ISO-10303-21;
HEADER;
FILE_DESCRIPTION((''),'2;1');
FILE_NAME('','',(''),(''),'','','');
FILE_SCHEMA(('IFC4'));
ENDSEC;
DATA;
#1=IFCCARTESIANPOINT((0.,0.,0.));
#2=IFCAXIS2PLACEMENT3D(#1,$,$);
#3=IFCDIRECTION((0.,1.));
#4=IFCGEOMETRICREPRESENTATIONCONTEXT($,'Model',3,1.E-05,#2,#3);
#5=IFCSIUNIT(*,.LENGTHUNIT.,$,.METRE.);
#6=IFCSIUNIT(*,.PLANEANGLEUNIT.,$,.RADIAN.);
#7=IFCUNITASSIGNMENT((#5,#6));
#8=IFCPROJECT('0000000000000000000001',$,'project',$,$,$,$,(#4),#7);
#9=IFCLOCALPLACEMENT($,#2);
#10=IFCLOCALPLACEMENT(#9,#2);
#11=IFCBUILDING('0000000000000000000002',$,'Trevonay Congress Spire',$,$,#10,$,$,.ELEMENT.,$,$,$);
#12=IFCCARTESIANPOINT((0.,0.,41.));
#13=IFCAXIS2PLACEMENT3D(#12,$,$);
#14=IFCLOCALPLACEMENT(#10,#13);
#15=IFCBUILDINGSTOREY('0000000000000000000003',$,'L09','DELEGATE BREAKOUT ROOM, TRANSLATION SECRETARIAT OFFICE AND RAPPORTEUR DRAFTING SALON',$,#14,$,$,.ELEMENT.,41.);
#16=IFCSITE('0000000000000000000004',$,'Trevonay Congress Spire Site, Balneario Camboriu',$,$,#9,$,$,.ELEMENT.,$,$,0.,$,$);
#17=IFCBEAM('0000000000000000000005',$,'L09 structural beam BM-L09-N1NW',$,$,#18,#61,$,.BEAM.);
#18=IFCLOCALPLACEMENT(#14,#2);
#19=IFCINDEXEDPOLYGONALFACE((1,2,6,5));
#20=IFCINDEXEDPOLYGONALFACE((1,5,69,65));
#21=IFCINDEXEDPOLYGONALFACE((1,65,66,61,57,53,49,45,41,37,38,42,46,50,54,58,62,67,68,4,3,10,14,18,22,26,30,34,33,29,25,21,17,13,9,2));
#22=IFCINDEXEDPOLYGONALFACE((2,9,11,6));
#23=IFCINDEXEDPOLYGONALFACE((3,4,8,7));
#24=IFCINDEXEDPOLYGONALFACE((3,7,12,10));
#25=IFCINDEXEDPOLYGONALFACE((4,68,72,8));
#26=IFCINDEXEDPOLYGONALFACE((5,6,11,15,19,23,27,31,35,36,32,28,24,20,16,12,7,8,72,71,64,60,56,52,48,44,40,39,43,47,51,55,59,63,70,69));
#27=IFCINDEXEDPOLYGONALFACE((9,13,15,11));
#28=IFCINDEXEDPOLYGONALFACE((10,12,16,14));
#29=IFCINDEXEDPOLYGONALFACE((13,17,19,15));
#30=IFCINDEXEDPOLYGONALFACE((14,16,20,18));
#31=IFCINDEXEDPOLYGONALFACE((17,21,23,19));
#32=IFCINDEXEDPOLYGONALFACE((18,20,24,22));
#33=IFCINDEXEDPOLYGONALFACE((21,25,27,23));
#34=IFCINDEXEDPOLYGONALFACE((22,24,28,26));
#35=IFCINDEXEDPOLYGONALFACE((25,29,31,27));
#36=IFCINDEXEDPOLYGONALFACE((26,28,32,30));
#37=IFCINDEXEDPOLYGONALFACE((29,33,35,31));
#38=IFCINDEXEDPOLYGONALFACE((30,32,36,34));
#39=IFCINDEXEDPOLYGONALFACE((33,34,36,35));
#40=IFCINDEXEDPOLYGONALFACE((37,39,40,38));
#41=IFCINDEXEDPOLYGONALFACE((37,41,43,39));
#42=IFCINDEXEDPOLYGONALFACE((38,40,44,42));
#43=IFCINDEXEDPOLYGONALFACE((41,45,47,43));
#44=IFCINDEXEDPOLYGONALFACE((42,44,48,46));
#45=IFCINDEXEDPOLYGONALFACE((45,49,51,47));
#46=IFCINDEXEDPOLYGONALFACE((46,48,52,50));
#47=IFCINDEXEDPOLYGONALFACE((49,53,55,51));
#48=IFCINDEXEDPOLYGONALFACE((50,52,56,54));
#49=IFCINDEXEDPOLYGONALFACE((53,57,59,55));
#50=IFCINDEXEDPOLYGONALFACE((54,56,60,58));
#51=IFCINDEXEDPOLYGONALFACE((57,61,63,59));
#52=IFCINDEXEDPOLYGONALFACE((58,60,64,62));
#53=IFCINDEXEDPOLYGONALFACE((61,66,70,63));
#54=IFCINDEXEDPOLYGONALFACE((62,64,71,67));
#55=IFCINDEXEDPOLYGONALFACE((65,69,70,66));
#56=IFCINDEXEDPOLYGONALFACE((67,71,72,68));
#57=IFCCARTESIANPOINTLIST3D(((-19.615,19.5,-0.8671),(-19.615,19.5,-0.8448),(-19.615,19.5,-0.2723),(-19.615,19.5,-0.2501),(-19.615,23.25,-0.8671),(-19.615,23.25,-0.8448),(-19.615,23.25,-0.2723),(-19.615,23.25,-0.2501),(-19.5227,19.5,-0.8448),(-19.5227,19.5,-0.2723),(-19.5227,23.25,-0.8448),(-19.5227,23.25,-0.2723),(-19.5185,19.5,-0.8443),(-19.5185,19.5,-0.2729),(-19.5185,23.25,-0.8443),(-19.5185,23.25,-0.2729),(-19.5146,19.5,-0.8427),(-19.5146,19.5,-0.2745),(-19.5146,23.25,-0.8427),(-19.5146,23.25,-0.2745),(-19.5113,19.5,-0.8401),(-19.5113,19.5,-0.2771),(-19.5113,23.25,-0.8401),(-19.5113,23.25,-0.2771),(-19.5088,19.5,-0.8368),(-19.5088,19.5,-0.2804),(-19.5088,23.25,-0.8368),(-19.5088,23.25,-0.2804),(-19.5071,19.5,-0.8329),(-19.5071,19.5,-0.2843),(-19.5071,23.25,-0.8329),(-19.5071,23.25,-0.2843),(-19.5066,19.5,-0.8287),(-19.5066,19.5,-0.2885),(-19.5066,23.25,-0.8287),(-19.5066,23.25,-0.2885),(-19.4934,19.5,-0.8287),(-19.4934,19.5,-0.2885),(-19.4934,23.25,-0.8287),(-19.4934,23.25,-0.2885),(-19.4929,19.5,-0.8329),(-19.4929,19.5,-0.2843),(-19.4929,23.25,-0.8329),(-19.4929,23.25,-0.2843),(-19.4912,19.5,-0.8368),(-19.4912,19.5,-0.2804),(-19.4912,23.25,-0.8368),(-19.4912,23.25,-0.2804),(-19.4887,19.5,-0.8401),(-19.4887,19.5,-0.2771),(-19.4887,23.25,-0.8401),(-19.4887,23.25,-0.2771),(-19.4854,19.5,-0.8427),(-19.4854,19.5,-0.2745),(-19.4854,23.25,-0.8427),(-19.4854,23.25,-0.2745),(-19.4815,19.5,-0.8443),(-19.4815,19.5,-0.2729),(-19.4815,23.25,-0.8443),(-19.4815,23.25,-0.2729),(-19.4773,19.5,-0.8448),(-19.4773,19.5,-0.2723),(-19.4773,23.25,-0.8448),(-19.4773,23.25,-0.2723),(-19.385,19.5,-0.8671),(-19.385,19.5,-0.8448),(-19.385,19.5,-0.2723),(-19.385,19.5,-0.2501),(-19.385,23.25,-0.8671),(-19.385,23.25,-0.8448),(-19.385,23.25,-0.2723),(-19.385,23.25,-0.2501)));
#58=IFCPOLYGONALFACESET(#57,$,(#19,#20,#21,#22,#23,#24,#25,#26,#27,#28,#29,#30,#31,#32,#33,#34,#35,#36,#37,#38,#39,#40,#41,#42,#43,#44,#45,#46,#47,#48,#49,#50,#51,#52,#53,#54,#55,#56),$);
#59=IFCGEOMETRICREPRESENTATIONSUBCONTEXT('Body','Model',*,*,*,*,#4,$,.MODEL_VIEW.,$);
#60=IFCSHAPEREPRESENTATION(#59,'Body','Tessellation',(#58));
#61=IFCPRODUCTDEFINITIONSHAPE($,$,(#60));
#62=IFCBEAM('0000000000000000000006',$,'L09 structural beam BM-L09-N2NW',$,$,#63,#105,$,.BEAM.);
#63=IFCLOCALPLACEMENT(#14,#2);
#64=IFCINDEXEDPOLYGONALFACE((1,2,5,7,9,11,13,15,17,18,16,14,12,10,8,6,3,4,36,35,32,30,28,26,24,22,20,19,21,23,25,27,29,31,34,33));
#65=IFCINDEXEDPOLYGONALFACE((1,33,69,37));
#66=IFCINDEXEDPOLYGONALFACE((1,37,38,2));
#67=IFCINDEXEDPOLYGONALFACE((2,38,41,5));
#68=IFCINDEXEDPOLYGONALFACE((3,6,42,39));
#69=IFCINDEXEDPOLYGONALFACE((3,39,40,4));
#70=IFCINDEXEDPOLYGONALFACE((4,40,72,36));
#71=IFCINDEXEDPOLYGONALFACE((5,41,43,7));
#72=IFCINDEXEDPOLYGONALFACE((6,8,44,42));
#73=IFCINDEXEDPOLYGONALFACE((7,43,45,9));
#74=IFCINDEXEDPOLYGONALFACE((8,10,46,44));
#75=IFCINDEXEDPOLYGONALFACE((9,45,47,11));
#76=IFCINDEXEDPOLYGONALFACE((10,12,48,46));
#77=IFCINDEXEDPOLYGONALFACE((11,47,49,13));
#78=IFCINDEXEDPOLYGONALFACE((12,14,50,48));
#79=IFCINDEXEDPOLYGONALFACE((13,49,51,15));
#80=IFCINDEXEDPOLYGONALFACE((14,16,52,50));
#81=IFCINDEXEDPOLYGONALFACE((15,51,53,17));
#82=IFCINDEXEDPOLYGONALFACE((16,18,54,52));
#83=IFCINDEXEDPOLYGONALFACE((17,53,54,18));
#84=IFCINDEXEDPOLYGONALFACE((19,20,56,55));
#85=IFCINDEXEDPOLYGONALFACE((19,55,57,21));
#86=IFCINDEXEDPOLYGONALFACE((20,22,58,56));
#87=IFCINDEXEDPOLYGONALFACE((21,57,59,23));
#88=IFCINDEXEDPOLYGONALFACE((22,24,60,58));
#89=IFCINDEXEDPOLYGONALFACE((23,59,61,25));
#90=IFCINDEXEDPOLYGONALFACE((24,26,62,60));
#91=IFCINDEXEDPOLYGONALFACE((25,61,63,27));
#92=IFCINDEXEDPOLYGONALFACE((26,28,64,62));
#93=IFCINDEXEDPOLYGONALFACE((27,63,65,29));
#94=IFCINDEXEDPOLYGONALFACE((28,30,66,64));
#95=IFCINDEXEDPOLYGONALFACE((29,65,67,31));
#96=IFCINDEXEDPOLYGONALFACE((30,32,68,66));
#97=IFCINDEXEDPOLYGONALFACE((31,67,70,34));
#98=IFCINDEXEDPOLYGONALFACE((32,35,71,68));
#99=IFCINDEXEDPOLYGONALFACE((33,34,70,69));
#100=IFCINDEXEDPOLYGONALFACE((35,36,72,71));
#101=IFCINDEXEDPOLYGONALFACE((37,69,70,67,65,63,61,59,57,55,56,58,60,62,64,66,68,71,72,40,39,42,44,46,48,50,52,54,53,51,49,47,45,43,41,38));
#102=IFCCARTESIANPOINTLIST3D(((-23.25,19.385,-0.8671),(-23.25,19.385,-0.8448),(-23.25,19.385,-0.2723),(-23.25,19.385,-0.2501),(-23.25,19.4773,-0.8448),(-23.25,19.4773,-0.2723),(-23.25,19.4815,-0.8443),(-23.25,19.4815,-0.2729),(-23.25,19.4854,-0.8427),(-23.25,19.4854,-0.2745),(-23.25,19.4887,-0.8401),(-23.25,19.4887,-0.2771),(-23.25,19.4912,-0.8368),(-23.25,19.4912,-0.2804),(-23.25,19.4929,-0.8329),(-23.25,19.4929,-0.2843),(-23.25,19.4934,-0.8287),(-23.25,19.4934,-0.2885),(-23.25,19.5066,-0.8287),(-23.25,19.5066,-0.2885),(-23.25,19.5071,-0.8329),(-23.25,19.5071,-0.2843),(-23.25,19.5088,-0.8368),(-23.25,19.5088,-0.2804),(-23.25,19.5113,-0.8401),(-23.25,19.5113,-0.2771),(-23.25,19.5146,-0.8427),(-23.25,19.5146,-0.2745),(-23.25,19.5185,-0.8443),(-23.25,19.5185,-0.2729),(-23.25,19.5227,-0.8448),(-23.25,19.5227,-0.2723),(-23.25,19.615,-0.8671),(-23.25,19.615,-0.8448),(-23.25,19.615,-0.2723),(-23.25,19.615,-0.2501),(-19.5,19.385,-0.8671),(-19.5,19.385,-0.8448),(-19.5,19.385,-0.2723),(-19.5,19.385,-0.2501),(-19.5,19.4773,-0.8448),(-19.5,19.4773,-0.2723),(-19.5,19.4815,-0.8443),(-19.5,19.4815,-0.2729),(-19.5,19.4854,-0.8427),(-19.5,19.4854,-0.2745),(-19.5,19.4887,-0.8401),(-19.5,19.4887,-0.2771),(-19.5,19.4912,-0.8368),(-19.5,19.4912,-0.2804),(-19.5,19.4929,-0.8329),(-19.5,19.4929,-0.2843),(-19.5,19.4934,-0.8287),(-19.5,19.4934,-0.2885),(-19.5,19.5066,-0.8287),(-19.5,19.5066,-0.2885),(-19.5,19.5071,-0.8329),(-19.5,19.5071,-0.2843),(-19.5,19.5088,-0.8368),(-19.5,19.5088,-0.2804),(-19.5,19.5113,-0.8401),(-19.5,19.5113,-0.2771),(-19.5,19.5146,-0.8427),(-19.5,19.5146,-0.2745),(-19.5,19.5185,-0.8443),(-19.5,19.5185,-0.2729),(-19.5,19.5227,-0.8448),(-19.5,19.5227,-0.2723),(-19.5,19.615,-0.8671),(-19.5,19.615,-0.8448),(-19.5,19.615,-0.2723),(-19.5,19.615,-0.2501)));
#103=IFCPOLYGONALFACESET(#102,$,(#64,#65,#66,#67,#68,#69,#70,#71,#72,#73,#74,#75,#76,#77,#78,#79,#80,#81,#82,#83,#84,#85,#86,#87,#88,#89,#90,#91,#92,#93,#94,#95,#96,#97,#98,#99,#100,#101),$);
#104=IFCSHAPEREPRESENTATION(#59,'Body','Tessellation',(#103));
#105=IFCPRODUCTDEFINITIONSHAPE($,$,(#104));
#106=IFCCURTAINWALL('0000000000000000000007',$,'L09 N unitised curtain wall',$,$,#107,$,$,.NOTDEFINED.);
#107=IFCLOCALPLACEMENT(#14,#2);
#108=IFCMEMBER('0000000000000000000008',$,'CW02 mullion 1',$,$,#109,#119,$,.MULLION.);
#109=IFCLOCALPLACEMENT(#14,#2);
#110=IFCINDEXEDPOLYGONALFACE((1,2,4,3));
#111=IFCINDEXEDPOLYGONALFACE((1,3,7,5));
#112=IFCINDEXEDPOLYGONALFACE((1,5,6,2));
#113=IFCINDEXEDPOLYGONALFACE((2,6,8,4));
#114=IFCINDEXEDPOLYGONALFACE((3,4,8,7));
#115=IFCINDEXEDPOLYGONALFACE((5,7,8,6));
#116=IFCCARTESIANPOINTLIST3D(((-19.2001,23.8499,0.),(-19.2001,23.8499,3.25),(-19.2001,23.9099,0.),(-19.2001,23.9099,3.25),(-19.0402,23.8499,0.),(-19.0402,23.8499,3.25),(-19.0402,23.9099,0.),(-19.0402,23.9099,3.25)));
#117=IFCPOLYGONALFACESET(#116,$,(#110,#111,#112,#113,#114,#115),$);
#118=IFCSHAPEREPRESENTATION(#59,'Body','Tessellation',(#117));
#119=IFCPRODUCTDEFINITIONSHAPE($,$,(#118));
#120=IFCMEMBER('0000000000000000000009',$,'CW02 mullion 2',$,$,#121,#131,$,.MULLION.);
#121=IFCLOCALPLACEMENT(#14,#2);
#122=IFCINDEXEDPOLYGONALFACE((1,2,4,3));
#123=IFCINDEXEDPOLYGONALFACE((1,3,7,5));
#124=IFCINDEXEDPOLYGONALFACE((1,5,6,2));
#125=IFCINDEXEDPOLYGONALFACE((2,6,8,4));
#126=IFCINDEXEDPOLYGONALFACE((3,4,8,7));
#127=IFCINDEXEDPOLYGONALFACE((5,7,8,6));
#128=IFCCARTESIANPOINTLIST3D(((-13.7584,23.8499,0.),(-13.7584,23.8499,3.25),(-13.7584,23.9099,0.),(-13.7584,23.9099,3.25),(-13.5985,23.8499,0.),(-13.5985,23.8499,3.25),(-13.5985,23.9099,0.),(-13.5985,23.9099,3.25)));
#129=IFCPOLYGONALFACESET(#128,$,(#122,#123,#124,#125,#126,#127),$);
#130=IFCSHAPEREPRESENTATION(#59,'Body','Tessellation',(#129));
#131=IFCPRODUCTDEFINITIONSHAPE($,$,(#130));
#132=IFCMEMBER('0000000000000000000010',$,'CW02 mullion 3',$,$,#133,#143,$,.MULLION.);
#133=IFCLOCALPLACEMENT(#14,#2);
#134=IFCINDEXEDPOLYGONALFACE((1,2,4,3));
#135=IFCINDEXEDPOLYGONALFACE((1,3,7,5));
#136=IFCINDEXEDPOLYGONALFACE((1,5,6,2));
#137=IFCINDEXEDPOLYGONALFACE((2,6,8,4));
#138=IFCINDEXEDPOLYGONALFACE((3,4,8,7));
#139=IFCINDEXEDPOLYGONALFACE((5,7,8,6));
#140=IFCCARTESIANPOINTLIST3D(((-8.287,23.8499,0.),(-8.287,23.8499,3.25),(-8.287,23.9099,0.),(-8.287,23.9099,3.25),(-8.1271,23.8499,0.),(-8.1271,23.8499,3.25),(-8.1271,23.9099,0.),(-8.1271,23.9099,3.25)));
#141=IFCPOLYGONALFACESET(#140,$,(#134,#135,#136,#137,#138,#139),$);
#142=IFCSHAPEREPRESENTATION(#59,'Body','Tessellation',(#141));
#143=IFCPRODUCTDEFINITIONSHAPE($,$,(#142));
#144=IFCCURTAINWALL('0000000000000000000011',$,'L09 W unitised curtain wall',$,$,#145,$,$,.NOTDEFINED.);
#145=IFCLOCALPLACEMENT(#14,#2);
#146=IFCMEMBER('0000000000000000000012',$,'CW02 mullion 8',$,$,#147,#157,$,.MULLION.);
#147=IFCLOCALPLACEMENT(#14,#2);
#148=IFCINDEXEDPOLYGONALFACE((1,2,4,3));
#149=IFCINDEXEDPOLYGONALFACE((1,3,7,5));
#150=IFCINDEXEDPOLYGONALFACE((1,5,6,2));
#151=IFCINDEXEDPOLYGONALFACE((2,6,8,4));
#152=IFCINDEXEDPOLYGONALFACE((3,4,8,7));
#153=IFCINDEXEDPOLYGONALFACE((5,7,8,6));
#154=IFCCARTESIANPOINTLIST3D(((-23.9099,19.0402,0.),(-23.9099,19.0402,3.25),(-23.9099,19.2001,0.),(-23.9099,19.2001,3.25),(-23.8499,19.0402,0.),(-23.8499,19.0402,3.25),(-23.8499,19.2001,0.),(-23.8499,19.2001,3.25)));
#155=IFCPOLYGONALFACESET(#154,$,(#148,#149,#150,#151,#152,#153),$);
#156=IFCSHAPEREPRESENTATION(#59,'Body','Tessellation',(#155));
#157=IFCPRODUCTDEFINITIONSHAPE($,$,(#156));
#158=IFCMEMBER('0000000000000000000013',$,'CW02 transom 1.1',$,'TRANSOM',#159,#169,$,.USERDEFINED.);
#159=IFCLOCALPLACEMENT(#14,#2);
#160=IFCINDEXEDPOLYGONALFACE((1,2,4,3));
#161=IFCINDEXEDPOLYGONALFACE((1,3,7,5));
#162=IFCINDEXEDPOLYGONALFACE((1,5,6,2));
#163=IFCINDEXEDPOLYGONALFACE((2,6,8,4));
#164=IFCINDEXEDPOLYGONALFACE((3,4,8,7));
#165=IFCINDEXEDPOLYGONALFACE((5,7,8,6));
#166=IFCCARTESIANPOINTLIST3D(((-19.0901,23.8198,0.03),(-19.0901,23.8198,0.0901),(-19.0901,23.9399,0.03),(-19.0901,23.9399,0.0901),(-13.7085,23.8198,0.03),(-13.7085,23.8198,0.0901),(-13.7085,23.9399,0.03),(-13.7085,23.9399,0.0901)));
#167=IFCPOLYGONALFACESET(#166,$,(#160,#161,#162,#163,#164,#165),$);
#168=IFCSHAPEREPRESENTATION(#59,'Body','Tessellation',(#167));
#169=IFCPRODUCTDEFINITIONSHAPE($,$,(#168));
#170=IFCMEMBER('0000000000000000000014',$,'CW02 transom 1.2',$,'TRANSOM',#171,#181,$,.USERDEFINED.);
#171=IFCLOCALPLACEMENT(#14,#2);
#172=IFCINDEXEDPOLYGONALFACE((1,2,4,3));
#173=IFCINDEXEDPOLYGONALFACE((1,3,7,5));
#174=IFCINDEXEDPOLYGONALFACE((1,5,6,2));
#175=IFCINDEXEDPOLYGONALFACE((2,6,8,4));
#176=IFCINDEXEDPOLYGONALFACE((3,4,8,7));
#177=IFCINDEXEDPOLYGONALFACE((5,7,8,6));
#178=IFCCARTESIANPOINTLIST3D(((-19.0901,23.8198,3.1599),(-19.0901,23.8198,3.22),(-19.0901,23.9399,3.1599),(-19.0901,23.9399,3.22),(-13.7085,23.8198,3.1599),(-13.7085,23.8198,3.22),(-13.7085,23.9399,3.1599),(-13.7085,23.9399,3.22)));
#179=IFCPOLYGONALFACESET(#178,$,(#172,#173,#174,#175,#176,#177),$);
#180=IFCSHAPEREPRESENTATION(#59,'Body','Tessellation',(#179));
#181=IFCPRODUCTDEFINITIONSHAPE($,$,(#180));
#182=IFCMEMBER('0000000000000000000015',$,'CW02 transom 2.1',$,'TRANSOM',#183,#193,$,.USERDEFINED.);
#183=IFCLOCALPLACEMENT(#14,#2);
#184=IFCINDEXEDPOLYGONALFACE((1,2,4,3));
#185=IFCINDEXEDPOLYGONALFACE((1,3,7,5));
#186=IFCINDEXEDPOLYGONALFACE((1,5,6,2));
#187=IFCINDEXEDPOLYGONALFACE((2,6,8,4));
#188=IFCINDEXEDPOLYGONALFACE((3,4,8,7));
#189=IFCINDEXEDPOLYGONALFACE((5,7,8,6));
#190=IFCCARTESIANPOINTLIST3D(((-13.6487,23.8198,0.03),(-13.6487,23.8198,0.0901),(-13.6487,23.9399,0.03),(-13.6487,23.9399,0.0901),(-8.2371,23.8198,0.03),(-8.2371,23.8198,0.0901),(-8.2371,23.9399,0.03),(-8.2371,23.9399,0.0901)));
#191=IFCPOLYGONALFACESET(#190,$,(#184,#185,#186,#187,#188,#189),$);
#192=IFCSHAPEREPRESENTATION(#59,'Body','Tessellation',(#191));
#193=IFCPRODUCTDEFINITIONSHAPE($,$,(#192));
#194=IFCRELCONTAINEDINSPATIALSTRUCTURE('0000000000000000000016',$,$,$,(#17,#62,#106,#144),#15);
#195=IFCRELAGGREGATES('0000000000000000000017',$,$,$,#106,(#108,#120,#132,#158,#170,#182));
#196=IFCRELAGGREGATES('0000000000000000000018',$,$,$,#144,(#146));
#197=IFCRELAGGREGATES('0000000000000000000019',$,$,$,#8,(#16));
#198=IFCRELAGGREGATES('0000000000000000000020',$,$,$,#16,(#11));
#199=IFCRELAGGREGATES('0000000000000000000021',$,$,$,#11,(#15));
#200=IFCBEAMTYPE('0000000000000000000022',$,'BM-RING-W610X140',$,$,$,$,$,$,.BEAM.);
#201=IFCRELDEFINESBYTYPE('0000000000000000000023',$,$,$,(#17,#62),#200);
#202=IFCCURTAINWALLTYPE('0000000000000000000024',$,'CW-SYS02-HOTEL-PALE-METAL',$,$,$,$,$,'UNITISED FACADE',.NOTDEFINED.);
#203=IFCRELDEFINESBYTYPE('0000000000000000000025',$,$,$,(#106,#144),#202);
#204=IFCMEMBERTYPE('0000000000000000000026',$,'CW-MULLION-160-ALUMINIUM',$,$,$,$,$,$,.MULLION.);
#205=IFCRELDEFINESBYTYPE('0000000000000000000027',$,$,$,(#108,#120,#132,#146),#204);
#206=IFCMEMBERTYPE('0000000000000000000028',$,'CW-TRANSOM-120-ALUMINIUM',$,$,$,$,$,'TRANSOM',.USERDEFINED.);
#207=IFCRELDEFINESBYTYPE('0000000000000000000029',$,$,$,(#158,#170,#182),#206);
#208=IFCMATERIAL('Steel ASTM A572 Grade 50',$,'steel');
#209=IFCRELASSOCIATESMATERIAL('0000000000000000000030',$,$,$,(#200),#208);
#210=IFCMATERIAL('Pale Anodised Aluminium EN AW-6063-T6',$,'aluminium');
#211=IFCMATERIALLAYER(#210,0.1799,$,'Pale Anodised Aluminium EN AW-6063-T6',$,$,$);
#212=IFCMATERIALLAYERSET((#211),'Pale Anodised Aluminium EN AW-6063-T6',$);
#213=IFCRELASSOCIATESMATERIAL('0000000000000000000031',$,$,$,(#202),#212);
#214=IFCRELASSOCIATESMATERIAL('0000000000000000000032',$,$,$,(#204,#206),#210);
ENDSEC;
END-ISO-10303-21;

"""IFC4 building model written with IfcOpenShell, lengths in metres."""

from ifc_helpers import new_model, si_unit, direction, frame, origin, origin_2d, place, context, subcontext, project, spatial, rectangle, i_section, extrude, material, layer, layer_set, material_profile, profile_set, type_object, element, aggregate, save


model = new_model("IFC4")

# Units and contexts
model_context = context("Model", 3, precision=1e-05, world=origin(), true_north=direction((0.0, 1.0)))
body_context = subcontext(model_context, "Body", "Model", "MODEL_VIEW")
ifc_project = project(units=[si_unit("LENGTHUNIT", "METRE"), si_unit("PLANEANGLEUNIT", "RADIAN")], contexts=[model_context])

# Site, building, storey
site_placement = place(None, origin())
site = spatial("IfcSite", under=ifc_project, at=site_placement, Name="Trevonay Congress Spire Site, Balneario Camboriu", CompositionType="ELEMENT", RefElevation=0.0)
building_placement = place(site_placement, origin())
building = spatial("IfcBuilding", under=site, at=building_placement, Name="Trevonay Congress Spire", CompositionType="ELEMENT")
storey_placement = place(building_placement, frame((0.0, 0.0, 41.0)))
storey = spatial("IfcBuildingStorey", under=building, at=storey_placement, Name="L09", Description="DELEGATE BREAKOUT ROOM, TRANSLATION SECRETARIAT OFFICE AND RAPPORTEUR DRAFTING SALON", CompositionType="ELEMENT", Elevation=41.0)

# Shared definitions
ifc_material_1 = material(Name="Steel ASTM A572 Grade 50", Category="steel")

# Beams
ifc_material_profile_1 = material_profile(ifc_material_1, i_section(OverallWidth=0.23, OverallDepth=0.6169, WebThickness=0.0132, FlangeThickness=0.0222, FilletRadius=0.0161, at=origin_2d()), Name="W610x140")
ifc_profile_set_1 = profile_set([ifc_material_profile_1], Name="Steel ASTM A572 Grade 50")
beam_type = type_object("IfcBeamType", Name="BM-RING-W610X140", PredefinedType="BEAM", material=ifc_profile_set_1)
for number, where, z_axis, x_axis, name in (
    (1, (-19.5, 23.25, -0.5586), (0.0, -1.0, 0.0), (1.0, 0.0, 0.0), "L09 structural beam BM-L09-N1NW"),
    (2, (-23.25, 19.5, -0.5586), (1.0, 0.0, 0.0), (0.0, 1.0, 0.0), "L09 structural beam BM-L09-N2NW"),
):
    element("IfcBeam", number, at=place(storey_placement, frame(where, z_axis=z_axis, x_axis=x_axis)), inside=storey, type_object=beam_type, Name=name, PredefinedType="BEAM", context=body_context, shape_type="SweptSolid", body=[
        extrude(i_section(OverallWidth=0.23, OverallDepth=0.6169, WebThickness=0.0132, FlangeThickness=0.0222, FilletRadius=0.0161, at=origin_2d()), origin(), (0.0, 0.0, 1.0), 3.75),
    ])

# Curtain wall, members
ifc_material_2 = material(Name="Pale Anodised Aluminium EN AW-6063-T6", Category="aluminium")
ifc_layer_1 = layer(ifc_material_2, 0.1799, Name="Pale Anodised Aluminium EN AW-6063-T6")
ifc_layer_set_1 = layer_set([ifc_layer_1], Name="Pale Anodised Aluminium EN AW-6063-T6")
curtain_wall_type = type_object("IfcCurtainWallType", Name="CW-SYS02-HOTEL-PALE-METAL", ElementType="UNITISED FACADE", PredefinedType="NOTDEFINED", material=ifc_layer_set_1)
curtain_wall_1_placement = place(storey_placement, origin())
curtain_wall_1 = element("IfcCurtainWall", 3, at=curtain_wall_1_placement, inside=storey, type_object=curtain_wall_type, Name="L09 N unitised curtain wall", PredefinedType="NOTDEFINED")
ifc_material_profile_2 = material_profile(ifc_material_2, rectangle(XDim=0.0601, YDim=0.1599, at=origin_2d()), Name="CW-MULLION-160-ALUMINIUM")
ifc_profile_set_2 = profile_set([ifc_material_profile_2], Name="Pale Anodised Aluminium EN AW-6063-T6")
member_type_1 = type_object("IfcMemberType", Name="CW-MULLION-160-ALUMINIUM", PredefinedType="MULLION", material=ifc_profile_set_2)
member_1_placement = place(storey_placement, frame((-19.1201, 23.8799, 0.0), z_axis=(0.0, 0.0, 1.0), x_axis=(0.0, 1.0, 0.0)))
member_1 = element("IfcMember", 4, at=member_1_placement, type_object=member_type_1, Name="CW02 mullion 1", PredefinedType="MULLION", context=body_context, shape_type="SweptSolid", body=[
    extrude(rectangle(XDim=0.0601, YDim=0.1599, at=origin_2d()), origin(), (0.0, 0.0, 1.0), 3.25),
])
member_2_placement = place(storey_placement, frame((-13.6785, 23.8799, 0.0), z_axis=(0.0, 0.0, 1.0), x_axis=(0.0, 1.0, 0.0)))
member_2 = element("IfcMember", 5, at=member_2_placement, type_object=member_type_1, Name="CW02 mullion 2", PredefinedType="MULLION", context=body_context, shape_type="SweptSolid", body=[
    extrude(rectangle(XDim=0.0601, YDim=0.1599, at=origin_2d()), origin(), (0.0, 0.0, 1.0), 3.25),
])
member_3_placement = place(storey_placement, frame((-8.207, 23.8799, 0.0), z_axis=(0.0, 0.0, 1.0), x_axis=(0.0, 1.0, 0.0)))
member_3 = element("IfcMember", 6, at=member_3_placement, type_object=member_type_1, Name="CW02 mullion 3", PredefinedType="MULLION", context=body_context, shape_type="SweptSolid", body=[
    extrude(rectangle(XDim=0.0601, YDim=0.1599, at=origin_2d()), origin(), (0.0, 0.0, 1.0), 3.25),
])

# Curtain wall, member
curtain_wall_2_placement = place(storey_placement, origin())
curtain_wall_2 = element("IfcCurtainWall", 7, at=curtain_wall_2_placement, inside=storey, type_object=curtain_wall_type, Name="L09 W unitised curtain wall", PredefinedType="NOTDEFINED")
member_4_placement = place(storey_placement, frame((-23.8799, 19.1201, 0.0), z_axis=(0.0, 0.0, 1.0), x_axis=(-1.0, 0.0, 0.0)))
member_4 = element("IfcMember", 8, at=member_4_placement, type_object=member_type_1, Name="CW02 mullion 8", PredefinedType="MULLION", context=body_context, shape_type="SweptSolid", body=[
    extrude(rectangle(XDim=0.0601, YDim=0.1599, at=origin_2d()), origin(), (0.0, 0.0, 1.0), 3.25),
])

# Members
ifc_material_profile_3 = material_profile(ifc_material_2, rectangle(XDim=0.1201, YDim=0.0601, at=origin_2d()), Name="CW-TRANSOM-120-ALUMINIUM")
ifc_profile_set_3 = profile_set([ifc_material_profile_3], Name="Pale Anodised Aluminium EN AW-6063-T6")
member_type_2 = type_object("IfcMemberType", Name="CW-TRANSOM-120-ALUMINIUM", ElementType="TRANSOM", PredefinedType="USERDEFINED", material=ifc_profile_set_3)
member_5_placement = place(storey_placement, frame((-19.0901, 23.8799, 0.0601), z_axis=(1.0, 0.0, 0.0), x_axis=(0.0, 1.0, 0.0)))
member_5 = element("IfcMember", 9, at=member_5_placement, type_object=member_type_2, Name="CW02 transom 1.1", ObjectType="TRANSOM", PredefinedType="USERDEFINED", context=body_context, shape_type="SweptSolid", body=[
    extrude(rectangle(XDim=0.1201, YDim=0.0601, at=origin_2d()), origin(), (0.0, 0.0, 1.0), 5.3816),
])
member_6_placement = place(storey_placement, frame((-19.0901, 23.8799, 3.1899), z_axis=(1.0, 0.0, 0.0), x_axis=(0.0, 1.0, 0.0)))
member_6 = element("IfcMember", 10, at=member_6_placement, type_object=member_type_2, Name="CW02 transom 1.2", ObjectType="TRANSOM", PredefinedType="USERDEFINED", context=body_context, shape_type="SweptSolid", body=[
    extrude(rectangle(XDim=0.1201, YDim=0.0601, at=origin_2d()), origin(), (0.0, 0.0, 1.0), 5.3816),
])
member_7_placement = place(storey_placement, frame((-13.6487, 23.8799, 0.0601), z_axis=(1.0, 0.0, 0.0), x_axis=(0.0, 1.0, 0.0)))
member_7 = element("IfcMember", 11, at=member_7_placement, type_object=member_type_2, Name="CW02 transom 2.1", ObjectType="TRANSOM", PredefinedType="USERDEFINED", context=body_context, shape_type="SweptSolid", body=[
    extrude(rectangle(XDim=0.1201, YDim=0.0601, at=origin_2d()), origin(), (0.0, 0.0, 1.0), 5.4116),
])

aggregate(curtain_wall_1, [member_1, member_2, member_3, member_5, member_6, member_7])
aggregate(curtain_wall_2, [member_4])

save(model, "model.ifc")
